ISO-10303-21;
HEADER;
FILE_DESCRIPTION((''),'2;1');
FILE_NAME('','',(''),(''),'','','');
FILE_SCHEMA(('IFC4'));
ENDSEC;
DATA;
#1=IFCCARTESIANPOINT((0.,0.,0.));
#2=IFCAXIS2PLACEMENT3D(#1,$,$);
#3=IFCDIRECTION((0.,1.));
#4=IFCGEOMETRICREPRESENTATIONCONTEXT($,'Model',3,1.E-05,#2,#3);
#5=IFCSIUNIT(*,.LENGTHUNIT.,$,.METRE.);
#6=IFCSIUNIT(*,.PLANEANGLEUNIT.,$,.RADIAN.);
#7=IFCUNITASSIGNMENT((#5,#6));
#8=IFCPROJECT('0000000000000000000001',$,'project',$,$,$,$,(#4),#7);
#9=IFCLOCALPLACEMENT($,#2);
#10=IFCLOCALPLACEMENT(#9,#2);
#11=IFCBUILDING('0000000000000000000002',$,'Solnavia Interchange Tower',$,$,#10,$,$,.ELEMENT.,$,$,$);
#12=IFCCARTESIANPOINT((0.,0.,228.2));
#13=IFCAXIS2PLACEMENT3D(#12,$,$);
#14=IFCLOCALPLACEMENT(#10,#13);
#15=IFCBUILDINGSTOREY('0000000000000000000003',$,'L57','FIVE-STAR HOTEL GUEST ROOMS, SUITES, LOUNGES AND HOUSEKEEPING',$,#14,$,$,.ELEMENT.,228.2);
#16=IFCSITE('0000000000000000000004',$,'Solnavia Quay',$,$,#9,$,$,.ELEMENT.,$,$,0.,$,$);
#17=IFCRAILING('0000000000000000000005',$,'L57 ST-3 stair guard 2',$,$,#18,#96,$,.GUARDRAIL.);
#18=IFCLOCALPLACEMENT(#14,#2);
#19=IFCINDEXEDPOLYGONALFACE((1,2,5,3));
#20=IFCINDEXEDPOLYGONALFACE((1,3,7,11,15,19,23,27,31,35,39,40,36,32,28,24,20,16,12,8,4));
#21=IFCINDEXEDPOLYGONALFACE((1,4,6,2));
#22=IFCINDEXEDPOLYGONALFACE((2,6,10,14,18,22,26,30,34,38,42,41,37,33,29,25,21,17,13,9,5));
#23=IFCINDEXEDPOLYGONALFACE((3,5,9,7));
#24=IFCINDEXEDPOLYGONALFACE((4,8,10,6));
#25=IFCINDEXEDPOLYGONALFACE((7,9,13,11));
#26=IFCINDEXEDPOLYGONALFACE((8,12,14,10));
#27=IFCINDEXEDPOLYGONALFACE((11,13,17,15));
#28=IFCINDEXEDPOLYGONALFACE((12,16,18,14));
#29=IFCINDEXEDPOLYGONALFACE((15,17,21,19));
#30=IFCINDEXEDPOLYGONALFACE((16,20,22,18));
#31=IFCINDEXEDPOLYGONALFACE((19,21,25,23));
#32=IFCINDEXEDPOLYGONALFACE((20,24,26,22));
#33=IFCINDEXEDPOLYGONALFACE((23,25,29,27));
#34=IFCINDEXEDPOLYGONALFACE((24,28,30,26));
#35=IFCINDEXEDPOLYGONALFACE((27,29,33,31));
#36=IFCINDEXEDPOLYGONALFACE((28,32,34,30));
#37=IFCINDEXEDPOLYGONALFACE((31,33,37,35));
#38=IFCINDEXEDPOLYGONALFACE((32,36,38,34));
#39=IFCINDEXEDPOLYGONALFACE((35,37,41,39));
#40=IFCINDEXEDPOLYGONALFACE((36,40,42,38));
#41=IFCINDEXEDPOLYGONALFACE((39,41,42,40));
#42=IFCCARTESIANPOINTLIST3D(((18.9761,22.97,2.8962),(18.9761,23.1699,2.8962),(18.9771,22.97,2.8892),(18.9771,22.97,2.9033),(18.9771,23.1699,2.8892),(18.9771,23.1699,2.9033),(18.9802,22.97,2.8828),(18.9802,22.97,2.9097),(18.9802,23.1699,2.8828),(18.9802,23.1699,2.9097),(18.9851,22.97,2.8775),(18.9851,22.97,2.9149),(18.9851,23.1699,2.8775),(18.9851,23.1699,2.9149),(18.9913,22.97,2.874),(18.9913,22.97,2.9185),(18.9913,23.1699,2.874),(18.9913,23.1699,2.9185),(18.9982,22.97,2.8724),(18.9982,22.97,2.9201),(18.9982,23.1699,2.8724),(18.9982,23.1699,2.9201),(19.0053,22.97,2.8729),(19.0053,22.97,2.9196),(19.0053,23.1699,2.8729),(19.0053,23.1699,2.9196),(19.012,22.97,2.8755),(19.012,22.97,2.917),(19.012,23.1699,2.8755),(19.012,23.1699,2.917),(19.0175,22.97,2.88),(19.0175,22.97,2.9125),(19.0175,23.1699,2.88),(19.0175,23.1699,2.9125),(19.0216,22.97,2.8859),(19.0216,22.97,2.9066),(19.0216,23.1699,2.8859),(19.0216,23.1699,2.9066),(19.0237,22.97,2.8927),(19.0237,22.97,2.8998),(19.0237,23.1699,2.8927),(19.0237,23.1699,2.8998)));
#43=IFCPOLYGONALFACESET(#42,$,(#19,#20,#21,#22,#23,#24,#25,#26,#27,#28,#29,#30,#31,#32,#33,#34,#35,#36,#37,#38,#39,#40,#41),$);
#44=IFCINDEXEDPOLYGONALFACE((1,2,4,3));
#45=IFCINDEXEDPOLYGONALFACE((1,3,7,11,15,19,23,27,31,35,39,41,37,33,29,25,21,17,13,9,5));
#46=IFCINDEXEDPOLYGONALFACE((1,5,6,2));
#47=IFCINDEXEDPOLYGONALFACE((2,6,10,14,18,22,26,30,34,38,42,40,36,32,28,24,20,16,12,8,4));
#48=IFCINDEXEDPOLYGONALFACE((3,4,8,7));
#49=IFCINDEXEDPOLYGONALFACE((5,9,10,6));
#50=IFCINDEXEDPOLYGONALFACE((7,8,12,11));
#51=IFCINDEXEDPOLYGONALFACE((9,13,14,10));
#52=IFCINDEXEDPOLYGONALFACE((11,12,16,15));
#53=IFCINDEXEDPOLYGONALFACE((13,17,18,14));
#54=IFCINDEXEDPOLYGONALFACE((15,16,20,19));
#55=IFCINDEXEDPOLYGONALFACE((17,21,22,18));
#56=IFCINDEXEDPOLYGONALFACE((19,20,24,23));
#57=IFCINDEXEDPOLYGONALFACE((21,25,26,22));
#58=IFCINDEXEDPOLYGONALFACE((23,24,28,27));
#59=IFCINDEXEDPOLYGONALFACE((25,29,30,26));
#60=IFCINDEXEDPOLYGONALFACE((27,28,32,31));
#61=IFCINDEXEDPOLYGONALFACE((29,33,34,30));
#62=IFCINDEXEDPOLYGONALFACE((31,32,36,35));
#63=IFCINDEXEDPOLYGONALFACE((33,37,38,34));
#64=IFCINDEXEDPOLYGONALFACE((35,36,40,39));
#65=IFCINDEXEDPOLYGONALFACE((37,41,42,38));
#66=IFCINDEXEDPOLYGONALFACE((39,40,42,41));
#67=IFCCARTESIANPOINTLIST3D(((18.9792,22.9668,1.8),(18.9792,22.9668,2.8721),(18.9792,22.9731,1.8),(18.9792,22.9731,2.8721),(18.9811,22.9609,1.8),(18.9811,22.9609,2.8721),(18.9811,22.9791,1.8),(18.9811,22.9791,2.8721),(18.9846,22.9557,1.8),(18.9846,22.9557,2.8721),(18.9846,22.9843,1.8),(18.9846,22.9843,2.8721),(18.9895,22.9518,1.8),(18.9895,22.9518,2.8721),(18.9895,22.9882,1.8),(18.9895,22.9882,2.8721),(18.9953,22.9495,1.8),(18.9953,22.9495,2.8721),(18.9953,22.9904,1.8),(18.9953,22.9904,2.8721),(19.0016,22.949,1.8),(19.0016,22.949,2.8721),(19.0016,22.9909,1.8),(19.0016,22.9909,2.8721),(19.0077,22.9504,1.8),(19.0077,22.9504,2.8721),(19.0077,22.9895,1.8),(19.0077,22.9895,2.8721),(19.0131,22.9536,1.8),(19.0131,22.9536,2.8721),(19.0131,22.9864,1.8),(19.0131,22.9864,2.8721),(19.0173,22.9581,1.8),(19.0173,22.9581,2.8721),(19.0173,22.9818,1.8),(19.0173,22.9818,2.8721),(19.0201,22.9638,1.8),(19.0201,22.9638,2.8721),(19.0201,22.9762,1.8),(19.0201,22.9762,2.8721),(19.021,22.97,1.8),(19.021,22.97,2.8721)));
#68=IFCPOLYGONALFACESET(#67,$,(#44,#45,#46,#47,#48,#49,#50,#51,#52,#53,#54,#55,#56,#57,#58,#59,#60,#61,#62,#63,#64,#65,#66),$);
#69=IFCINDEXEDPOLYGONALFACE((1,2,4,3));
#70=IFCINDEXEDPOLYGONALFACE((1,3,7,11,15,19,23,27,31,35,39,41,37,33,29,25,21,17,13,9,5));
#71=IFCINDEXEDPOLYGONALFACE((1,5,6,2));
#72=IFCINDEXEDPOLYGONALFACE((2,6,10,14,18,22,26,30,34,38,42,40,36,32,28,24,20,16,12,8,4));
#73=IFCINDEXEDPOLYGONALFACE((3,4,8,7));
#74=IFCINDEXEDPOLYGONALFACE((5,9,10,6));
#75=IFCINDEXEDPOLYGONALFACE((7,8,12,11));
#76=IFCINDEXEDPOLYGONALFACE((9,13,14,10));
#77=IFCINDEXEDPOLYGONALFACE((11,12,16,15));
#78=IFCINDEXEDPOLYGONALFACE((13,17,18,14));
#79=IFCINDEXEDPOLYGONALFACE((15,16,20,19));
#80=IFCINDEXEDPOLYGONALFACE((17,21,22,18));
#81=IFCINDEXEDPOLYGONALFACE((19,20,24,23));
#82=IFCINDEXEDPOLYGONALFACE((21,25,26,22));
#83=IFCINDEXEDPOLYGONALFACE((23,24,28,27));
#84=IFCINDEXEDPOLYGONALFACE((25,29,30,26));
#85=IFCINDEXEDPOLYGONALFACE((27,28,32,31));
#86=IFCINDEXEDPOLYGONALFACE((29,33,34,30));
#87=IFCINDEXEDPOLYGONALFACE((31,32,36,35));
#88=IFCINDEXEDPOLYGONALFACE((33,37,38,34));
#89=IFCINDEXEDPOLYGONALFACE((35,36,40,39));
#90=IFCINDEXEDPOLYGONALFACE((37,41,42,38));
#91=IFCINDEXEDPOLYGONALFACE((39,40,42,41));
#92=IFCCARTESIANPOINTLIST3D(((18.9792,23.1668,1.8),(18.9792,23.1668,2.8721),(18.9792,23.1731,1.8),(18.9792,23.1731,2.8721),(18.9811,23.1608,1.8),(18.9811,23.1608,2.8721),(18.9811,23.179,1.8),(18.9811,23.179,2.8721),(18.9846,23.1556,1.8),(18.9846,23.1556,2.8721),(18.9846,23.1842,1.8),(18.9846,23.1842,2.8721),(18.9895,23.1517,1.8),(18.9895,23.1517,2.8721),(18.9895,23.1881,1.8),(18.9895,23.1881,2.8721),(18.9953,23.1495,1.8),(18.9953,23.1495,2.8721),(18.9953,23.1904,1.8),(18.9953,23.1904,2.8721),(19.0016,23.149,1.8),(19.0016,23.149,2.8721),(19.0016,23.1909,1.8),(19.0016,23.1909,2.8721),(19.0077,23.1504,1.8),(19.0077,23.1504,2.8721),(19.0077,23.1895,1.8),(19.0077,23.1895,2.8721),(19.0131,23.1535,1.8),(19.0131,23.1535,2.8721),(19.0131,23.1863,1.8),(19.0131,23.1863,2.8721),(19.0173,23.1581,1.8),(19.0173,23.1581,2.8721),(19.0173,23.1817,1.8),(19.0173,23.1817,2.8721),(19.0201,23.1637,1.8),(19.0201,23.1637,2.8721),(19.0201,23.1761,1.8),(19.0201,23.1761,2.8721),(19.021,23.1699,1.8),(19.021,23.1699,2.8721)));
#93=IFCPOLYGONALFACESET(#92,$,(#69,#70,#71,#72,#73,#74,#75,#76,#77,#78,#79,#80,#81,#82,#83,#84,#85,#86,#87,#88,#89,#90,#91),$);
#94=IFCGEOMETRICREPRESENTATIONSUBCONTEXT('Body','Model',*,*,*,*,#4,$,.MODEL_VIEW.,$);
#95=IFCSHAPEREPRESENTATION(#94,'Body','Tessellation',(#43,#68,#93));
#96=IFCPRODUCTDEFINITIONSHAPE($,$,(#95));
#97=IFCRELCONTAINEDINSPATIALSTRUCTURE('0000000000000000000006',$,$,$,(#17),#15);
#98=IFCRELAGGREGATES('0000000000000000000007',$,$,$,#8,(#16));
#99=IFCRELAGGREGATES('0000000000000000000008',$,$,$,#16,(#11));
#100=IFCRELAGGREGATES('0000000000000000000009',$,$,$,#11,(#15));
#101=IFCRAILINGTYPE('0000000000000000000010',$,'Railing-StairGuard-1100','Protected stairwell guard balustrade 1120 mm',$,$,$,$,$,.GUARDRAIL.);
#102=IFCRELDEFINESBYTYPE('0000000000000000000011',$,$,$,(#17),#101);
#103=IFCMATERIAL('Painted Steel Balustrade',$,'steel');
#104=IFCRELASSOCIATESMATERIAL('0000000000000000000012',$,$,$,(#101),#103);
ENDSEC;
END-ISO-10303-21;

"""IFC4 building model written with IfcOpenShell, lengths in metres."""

from ifc_helpers import new_model, si_unit, direction, frame, origin, origin_2d, place, context, subcontext, project, spatial, circle, extrude, material, type_object, element, save


model = new_model("IFC4")

# Units and contexts
model_context = context("Model", 3, precision=1e-05, world=origin(), true_north=direction((0.0, 1.0)))
body_context = subcontext(model_context, "Body", "Model", "MODEL_VIEW")
ifc_project = project(units=[si_unit("LENGTHUNIT", "METRE"), si_unit("PLANEANGLEUNIT", "RADIAN")], contexts=[model_context])

# Site, building, storey
site_placement = place(None, origin())
site = spatial("IfcSite", under=ifc_project, at=site_placement, Name="Solnavia Quay", CompositionType="ELEMENT", RefElevation=0.0)
building_placement = place(site_placement, origin())
building = spatial("IfcBuilding", under=site, at=building_placement, Name="Solnavia Interchange Tower", CompositionType="ELEMENT")
storey_placement = place(building_placement, frame((0.0, 0.0, 228.2)))
storey = spatial("IfcBuildingStorey", under=building, at=storey_placement, Name="L57", Description="FIVE-STAR HOTEL GUEST ROOMS, SUITES, LOUNGES AND HOUSEKEEPING", CompositionType="ELEMENT", Elevation=228.2)

# Railing
ifc_material_1 = material(Name="Painted Steel Balustrade", Category="steel")
railing_type_1 = type_object("IfcRailingType", Name="Railing-StairGuard-1100", Description="Protected stairwell guard balustrade 1120 mm", PredefinedType="GUARDRAIL", material=ifc_material_1)
railing_1_placement = place(storey_placement, frame((19.0, 22.97, 1.8)))
element("IfcRailing", 1, at=railing_1_placement, inside=storey, type_object=railing_type_1, Name="L57 ST-3 stair guard 2", PredefinedType="GUARDRAIL", context=body_context, shape_type="SweptSolid", body=[
    extrude(circle(Radius=0.0239, at=origin_2d()), frame((0.0, 0.0, 1.0962), z_axis=(0.0, 1.0, 0.0), x_axis=(-1.0, 0.0, 0.0)), (0.0, 0.0, 1.0), 0.2),
    extrude(circle(Radius=0.021, at=origin_2d()), origin(), (0.0, 0.0, 1.0), 1.072),
    extrude(circle(Radius=0.021, at=origin_2d()), frame((0.0, 0.2, 0.0)), (0.0, 0.0, 1.0), 1.072),
])

save(model, "model.ifc")
